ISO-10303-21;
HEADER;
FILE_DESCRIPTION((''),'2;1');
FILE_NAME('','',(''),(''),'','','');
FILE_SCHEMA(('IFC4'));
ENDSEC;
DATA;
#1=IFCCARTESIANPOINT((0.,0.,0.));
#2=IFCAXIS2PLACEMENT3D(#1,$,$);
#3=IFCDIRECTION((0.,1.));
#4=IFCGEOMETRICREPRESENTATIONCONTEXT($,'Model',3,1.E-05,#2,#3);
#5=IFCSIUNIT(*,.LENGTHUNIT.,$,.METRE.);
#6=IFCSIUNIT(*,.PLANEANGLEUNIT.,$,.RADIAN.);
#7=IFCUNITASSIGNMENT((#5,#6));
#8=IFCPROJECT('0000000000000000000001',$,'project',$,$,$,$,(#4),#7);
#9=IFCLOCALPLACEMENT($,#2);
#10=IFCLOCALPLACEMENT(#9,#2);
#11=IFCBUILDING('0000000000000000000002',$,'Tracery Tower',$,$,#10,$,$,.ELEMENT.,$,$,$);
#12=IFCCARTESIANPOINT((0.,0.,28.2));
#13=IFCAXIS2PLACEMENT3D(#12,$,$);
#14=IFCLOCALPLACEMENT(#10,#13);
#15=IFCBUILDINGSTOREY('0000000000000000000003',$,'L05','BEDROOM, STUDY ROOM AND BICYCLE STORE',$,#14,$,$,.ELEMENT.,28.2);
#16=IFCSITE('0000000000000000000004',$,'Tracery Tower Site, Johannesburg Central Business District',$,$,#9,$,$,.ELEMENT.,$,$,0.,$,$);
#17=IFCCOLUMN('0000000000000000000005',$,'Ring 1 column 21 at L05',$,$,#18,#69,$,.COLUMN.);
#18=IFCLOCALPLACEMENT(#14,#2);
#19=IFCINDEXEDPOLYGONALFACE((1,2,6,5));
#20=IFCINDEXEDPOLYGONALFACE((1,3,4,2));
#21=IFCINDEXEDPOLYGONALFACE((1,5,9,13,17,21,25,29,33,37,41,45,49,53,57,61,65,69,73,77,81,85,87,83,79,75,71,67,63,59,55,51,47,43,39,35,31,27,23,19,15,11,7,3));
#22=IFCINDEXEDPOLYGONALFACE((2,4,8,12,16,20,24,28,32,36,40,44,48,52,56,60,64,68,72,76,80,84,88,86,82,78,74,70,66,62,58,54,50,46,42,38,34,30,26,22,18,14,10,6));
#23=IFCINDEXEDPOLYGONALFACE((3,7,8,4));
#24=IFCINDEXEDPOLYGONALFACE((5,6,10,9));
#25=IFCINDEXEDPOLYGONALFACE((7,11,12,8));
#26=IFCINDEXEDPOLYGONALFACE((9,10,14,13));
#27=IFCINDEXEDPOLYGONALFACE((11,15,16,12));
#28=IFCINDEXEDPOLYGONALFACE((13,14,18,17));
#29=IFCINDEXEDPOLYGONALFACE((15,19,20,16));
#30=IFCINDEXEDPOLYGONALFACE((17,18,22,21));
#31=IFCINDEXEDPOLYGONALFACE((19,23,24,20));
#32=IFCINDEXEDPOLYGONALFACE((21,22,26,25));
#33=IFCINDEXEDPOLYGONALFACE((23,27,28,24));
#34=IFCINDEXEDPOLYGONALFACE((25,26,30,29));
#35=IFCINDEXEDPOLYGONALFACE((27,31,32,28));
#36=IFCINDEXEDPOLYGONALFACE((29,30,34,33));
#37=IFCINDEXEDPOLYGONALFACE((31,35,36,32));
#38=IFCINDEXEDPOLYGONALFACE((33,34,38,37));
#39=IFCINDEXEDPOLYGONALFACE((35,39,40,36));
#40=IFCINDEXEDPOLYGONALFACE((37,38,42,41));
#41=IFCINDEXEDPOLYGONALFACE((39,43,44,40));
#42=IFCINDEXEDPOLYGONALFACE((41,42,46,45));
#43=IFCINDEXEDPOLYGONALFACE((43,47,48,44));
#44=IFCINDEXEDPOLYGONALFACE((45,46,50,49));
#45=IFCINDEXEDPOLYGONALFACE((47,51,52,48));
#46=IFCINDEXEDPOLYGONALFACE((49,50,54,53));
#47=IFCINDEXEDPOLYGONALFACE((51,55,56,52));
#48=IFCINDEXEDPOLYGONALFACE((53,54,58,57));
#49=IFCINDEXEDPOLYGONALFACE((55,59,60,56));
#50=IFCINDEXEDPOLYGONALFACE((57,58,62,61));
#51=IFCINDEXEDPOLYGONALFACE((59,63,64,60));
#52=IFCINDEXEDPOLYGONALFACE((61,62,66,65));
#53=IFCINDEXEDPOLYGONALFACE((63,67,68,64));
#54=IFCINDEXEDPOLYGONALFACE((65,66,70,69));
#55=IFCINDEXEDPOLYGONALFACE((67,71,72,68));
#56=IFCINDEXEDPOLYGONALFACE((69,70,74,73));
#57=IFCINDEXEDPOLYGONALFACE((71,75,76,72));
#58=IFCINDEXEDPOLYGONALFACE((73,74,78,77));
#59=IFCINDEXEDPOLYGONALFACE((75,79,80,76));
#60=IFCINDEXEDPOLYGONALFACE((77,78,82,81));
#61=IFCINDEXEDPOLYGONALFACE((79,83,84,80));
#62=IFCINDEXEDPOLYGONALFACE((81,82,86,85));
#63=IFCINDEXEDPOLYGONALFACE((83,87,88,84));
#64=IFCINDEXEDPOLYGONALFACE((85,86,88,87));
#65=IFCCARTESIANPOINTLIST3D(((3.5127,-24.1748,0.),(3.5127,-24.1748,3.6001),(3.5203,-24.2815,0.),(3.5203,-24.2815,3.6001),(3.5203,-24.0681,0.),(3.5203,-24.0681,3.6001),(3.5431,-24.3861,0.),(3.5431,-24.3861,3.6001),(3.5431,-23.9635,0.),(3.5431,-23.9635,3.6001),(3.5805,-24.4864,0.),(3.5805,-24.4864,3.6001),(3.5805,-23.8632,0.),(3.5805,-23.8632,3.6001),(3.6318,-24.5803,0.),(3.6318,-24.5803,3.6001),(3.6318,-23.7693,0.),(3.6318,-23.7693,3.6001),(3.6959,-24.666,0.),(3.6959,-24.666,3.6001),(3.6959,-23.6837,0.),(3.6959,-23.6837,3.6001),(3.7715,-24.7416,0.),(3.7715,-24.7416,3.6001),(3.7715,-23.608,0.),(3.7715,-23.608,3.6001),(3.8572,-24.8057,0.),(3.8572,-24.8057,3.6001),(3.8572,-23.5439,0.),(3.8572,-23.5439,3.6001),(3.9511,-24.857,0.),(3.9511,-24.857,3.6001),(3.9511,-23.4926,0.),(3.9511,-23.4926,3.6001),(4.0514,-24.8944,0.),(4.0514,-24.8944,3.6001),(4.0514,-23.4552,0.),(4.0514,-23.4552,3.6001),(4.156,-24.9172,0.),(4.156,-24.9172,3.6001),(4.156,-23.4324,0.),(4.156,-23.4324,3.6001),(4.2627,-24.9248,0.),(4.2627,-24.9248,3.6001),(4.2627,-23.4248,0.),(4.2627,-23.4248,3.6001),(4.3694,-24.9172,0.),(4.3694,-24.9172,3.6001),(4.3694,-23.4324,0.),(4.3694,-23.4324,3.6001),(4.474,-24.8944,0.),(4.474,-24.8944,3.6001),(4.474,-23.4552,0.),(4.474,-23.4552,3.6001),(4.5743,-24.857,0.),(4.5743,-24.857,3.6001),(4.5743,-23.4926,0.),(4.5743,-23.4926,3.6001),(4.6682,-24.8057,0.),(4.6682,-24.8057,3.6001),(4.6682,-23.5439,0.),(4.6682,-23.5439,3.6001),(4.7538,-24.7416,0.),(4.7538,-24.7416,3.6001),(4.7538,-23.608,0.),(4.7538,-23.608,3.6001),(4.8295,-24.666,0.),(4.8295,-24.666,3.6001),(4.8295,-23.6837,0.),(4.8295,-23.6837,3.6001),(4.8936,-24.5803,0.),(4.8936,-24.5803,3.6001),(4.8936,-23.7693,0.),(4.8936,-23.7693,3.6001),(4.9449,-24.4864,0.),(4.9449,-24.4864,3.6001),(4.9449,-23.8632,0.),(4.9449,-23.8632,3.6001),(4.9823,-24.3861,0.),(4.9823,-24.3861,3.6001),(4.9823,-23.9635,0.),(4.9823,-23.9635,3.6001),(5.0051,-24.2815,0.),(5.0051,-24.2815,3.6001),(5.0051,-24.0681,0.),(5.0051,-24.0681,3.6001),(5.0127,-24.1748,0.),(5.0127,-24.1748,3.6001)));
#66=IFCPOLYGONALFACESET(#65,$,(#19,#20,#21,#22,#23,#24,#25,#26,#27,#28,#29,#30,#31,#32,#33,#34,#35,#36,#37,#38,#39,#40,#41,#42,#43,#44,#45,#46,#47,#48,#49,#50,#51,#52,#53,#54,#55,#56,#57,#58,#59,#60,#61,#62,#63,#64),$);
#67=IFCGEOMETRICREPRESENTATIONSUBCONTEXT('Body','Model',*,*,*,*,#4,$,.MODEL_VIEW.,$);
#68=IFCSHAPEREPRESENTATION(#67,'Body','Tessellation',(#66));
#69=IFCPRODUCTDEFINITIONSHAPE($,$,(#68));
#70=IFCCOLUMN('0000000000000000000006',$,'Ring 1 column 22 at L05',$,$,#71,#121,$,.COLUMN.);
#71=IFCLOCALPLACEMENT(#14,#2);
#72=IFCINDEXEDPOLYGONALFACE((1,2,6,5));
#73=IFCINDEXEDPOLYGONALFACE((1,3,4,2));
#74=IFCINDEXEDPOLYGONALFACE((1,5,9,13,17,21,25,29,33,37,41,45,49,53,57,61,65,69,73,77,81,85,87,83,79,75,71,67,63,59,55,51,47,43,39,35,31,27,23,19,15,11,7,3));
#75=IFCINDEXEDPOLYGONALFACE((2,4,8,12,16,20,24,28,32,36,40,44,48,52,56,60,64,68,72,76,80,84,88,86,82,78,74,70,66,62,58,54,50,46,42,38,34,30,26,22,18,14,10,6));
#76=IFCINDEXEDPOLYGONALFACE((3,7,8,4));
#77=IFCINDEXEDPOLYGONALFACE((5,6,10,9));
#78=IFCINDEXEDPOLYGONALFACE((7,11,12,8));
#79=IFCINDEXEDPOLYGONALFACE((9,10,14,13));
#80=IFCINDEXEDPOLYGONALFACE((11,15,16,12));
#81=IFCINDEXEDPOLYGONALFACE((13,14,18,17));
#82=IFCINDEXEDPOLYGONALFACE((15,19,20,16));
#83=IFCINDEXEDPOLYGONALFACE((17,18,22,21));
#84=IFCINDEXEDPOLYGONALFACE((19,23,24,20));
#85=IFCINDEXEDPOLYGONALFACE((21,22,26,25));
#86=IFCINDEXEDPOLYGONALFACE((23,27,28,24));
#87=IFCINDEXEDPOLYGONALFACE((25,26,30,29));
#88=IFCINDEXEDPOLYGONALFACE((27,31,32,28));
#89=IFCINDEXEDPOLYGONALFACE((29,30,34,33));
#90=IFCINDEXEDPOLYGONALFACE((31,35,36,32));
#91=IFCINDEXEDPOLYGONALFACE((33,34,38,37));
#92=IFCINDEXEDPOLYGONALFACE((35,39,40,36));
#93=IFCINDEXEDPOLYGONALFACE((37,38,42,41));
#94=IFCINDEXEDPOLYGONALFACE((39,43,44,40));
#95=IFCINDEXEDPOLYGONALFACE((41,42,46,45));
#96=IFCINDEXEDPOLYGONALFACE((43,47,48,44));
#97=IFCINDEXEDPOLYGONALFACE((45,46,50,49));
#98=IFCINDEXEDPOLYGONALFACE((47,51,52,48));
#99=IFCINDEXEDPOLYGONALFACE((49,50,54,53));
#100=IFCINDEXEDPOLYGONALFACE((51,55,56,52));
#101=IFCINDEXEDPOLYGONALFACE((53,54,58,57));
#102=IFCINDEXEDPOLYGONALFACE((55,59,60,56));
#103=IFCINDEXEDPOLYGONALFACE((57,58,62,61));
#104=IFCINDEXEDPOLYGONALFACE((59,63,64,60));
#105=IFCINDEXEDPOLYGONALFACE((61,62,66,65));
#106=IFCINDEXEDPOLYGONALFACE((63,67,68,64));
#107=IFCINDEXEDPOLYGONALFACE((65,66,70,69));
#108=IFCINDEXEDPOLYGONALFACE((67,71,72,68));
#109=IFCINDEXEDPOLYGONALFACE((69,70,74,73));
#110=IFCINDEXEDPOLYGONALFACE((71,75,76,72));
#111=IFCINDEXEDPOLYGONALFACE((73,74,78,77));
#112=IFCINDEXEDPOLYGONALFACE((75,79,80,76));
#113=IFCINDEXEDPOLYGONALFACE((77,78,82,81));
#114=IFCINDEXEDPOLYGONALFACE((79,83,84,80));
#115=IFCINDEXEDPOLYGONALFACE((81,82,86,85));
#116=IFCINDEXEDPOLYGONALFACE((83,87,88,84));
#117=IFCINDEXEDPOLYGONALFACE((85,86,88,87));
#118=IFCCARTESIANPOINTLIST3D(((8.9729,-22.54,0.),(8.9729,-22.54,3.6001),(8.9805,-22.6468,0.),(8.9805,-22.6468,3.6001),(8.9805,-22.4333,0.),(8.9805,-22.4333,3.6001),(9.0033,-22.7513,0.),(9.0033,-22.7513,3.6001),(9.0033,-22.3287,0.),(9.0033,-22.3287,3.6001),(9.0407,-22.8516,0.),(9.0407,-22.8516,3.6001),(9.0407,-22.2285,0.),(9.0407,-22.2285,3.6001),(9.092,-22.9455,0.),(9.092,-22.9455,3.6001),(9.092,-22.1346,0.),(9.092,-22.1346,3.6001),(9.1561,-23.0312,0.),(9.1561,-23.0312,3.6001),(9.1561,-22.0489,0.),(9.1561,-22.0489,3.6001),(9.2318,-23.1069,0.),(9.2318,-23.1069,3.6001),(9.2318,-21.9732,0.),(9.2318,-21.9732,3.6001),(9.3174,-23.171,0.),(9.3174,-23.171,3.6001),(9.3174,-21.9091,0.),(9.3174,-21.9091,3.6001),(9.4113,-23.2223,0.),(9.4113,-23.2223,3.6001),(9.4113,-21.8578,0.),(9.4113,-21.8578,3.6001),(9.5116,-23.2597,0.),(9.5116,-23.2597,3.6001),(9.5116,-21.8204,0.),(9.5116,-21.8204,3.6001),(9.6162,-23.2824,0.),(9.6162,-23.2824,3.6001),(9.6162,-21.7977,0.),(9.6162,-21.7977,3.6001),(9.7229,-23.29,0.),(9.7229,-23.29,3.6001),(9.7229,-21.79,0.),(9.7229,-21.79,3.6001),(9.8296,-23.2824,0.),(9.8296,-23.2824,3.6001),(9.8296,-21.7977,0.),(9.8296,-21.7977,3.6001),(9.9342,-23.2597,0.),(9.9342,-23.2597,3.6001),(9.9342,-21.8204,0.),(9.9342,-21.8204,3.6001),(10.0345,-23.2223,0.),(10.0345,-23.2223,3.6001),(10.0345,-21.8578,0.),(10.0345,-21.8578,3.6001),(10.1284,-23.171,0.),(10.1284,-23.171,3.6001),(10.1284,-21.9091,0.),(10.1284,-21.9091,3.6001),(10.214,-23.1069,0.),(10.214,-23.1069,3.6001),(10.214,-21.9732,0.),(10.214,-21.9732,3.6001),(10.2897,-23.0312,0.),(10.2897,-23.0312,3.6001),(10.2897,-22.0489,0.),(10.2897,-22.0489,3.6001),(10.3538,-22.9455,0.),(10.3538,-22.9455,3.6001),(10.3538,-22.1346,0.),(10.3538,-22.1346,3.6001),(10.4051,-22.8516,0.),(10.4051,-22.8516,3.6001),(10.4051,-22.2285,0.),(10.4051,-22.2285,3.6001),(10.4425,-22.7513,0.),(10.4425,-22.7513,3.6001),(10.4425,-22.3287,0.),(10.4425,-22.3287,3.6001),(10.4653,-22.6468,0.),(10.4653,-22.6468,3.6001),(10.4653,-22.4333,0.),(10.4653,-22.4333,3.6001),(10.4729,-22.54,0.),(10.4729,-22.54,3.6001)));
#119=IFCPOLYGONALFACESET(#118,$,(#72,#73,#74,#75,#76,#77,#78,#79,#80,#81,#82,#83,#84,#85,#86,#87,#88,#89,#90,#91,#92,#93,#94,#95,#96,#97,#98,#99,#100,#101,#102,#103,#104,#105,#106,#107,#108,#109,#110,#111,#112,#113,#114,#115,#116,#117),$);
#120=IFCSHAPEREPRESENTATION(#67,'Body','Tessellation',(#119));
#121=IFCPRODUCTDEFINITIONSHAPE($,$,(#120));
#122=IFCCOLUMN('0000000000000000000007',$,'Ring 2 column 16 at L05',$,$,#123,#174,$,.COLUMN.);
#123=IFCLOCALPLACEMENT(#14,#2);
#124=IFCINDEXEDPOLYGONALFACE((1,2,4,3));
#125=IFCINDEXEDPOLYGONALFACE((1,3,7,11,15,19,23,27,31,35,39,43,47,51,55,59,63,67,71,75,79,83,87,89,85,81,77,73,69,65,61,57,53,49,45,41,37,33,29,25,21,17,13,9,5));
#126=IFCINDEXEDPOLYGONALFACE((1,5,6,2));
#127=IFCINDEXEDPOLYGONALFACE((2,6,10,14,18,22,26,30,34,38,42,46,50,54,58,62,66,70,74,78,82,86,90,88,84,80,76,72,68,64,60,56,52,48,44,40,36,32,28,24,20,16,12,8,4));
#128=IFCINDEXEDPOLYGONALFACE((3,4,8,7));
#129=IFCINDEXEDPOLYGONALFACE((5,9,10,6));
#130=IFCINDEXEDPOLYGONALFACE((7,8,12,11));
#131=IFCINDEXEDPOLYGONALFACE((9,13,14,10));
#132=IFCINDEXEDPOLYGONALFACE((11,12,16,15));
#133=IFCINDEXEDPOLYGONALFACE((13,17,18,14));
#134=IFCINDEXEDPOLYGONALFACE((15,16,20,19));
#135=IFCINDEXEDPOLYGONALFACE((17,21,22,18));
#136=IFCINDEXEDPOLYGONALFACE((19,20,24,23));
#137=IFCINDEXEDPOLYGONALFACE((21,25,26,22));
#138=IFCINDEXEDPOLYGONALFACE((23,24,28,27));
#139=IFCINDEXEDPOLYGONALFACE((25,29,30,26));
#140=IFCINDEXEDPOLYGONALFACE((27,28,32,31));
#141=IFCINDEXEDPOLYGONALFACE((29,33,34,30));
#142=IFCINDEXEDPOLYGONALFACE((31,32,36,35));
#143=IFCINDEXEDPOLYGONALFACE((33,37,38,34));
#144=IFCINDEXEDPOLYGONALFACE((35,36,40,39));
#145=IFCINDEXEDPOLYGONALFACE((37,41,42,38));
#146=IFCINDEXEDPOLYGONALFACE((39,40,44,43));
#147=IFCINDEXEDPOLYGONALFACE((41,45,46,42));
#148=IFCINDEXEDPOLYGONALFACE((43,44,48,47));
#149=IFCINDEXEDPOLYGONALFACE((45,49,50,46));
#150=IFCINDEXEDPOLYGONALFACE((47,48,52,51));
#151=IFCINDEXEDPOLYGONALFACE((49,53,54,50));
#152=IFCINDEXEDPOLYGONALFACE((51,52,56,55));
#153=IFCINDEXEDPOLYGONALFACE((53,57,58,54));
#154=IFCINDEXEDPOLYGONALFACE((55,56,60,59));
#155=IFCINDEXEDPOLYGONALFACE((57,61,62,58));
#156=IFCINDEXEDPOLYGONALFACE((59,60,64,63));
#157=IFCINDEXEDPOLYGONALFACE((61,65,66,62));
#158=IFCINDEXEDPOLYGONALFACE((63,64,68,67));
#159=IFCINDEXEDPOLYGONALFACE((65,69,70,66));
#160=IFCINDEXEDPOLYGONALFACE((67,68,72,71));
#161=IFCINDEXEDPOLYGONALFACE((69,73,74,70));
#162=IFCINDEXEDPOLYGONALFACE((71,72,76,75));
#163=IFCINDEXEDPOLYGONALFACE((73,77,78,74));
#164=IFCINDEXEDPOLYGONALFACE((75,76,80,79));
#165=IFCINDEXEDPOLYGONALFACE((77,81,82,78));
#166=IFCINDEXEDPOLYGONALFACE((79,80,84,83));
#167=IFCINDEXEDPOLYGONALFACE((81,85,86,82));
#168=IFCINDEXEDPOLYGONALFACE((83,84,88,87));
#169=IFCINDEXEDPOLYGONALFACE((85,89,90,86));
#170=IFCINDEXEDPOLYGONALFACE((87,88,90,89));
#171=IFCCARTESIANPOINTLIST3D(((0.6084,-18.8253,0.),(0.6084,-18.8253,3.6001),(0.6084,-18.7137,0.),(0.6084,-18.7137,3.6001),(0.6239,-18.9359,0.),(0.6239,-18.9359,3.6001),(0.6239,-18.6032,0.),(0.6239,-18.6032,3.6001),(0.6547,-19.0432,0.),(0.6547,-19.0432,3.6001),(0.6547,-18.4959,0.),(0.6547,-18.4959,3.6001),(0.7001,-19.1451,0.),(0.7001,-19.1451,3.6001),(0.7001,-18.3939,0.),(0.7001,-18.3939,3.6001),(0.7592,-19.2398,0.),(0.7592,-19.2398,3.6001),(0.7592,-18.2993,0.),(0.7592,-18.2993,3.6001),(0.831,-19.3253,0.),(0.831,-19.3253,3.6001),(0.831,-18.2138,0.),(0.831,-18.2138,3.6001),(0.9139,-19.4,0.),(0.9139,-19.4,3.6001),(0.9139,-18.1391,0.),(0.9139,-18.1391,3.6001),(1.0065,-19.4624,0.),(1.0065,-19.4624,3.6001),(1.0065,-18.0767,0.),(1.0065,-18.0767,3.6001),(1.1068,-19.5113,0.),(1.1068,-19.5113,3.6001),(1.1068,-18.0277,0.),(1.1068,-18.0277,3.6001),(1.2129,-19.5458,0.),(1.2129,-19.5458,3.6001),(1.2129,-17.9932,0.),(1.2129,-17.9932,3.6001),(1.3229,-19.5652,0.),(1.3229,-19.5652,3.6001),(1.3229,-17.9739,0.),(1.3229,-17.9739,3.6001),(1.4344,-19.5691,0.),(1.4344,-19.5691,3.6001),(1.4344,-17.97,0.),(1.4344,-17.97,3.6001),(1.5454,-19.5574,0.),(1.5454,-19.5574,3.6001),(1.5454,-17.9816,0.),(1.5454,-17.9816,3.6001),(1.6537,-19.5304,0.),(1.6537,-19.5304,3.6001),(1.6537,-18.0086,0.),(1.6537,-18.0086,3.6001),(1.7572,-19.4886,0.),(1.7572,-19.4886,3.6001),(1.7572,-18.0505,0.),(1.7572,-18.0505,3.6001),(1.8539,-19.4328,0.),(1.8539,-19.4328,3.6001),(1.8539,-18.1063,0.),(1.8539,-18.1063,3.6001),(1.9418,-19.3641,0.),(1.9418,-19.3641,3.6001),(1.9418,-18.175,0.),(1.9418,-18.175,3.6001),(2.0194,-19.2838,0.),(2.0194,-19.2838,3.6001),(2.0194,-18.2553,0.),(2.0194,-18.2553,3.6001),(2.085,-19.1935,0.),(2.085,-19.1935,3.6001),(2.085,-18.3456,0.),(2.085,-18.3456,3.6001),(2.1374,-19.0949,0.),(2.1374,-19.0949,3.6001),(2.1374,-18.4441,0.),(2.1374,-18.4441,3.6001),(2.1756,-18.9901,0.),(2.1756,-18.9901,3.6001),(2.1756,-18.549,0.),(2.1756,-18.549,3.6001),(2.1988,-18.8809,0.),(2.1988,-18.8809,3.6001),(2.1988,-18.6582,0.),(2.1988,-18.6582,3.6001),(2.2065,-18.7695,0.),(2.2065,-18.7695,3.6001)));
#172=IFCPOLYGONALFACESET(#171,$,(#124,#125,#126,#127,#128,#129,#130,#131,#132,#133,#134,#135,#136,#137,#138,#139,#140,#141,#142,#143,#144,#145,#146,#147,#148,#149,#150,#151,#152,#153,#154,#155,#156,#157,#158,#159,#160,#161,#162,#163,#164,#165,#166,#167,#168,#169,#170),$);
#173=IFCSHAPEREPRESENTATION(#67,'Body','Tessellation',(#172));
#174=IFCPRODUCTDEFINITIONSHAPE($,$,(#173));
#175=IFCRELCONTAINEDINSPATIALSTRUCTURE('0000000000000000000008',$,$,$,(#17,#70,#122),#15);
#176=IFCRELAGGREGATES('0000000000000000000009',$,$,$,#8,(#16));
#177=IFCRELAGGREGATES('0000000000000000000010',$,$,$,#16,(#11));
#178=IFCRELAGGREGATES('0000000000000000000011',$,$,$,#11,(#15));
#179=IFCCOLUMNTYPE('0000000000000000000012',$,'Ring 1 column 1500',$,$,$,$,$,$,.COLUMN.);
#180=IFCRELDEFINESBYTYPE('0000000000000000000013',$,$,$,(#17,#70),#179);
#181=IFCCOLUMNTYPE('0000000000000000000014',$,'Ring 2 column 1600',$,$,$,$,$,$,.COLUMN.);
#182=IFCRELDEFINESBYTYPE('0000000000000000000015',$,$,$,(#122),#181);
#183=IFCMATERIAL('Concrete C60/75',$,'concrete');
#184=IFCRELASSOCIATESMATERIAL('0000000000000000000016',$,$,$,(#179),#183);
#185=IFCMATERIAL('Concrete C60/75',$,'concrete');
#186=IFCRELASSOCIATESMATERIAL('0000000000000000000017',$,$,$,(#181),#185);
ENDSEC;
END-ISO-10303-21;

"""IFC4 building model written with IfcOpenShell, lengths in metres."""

from ifc_helpers import new_model, si_unit, direction, frame, origin, origin_2d, place, context, subcontext, project, spatial, circle, extrude, material, material_profile, profile_set, type_object, element, save


model = new_model("IFC4")

# Units and contexts
model_context = context("Model", 3, precision=1e-05, world=origin(), true_north=direction((0.0, 1.0)))
body_context = subcontext(model_context, "Body", "Model", "MODEL_VIEW")
ifc_project = project(units=[si_unit("LENGTHUNIT", "METRE"), si_unit("PLANEANGLEUNIT", "RADIAN")], contexts=[model_context])

# Site, building, storey
site_placement = place(None, origin())
site = spatial("IfcSite", under=ifc_project, at=site_placement, Name="Tracery Tower Site, Johannesburg Central Business District", CompositionType="ELEMENT", RefElevation=0.0)
building_placement = place(site_placement, origin())
building = spatial("IfcBuilding", under=site, at=building_placement, Name="Tracery Tower", CompositionType="ELEMENT")
storey_placement = place(building_placement, frame((0.0, 0.0, 28.2)))
storey = spatial("IfcBuildingStorey", under=building, at=storey_placement, Name="L05", Description="BEDROOM, STUDY ROOM AND BICYCLE STORE", CompositionType="ELEMENT", Elevation=28.2)

# Columns
ifc_material_1 = material(Name="Concrete C60/75", Category="concrete")
ifc_material_profile_1 = material_profile(ifc_material_1, circle(Radius=0.75, at=origin_2d()), Name="RC D1500")
ifc_profile_set_1 = profile_set([ifc_material_profile_1], Name="Concrete C60/75")
column_type_1 = type_object("IfcColumnType", Name="Ring 1 column 1500", PredefinedType="COLUMN", material=ifc_profile_set_1)
for number, where, z_axis, x_axis, name in (
    (1, (4.2627, -24.1748, 0.0), (0.0, 0.0, 1.0), (1.0, 0.0, 0.0), "Ring 1 column 21 at L05"),
    (2, (9.7229, -22.54, 0.0), (0.0, 0.0, 1.0), (1.0, 0.0, 0.0), "Ring 1 column 22 at L05"),
):
    element("IfcColumn", number, at=place(storey_placement, frame(where, z_axis=z_axis, x_axis=x_axis)), inside=storey, type_object=column_type_1, Name=name, PredefinedType="COLUMN", context=body_context, shape_type="SweptSolid", body=[
        extrude(circle(Radius=0.75, at=origin_2d()), origin(), (0.0, 0.0, 1.0), 3.6001),
    ])
ifc_material_2 = material(Name="Concrete C60/75", Category="concrete")
ifc_material_profile_2 = material_profile(ifc_material_2, circle(Radius=0.8, at=origin_2d()), Name="RC D1600")
ifc_profile_set_2 = profile_set([ifc_material_profile_2], Name="Concrete C60/75")
column_type_2 = type_object("IfcColumnType", Name="Ring 2 column 1600", PredefinedType="COLUMN", material=ifc_profile_set_2)
for number, where, z_axis, x_axis, name in (
    (3, (1.4065, -18.7695, 0.0), (0.0, 0.0, 1.0), (1.0, 0.0, 0.0), "Ring 2 column 16 at L05"),
):
    element("IfcColumn", number, at=place(storey_placement, frame(where, z_axis=z_axis, x_axis=x_axis)), inside=storey, type_object=column_type_2, Name=name, PredefinedType="COLUMN", context=body_context, shape_type="SweptSolid", body=[
        extrude(circle(Radius=0.8, at=origin_2d()), origin(), (0.0, 0.0, 1.0), 3.6001),
    ])

save(model, "model.ifc")
